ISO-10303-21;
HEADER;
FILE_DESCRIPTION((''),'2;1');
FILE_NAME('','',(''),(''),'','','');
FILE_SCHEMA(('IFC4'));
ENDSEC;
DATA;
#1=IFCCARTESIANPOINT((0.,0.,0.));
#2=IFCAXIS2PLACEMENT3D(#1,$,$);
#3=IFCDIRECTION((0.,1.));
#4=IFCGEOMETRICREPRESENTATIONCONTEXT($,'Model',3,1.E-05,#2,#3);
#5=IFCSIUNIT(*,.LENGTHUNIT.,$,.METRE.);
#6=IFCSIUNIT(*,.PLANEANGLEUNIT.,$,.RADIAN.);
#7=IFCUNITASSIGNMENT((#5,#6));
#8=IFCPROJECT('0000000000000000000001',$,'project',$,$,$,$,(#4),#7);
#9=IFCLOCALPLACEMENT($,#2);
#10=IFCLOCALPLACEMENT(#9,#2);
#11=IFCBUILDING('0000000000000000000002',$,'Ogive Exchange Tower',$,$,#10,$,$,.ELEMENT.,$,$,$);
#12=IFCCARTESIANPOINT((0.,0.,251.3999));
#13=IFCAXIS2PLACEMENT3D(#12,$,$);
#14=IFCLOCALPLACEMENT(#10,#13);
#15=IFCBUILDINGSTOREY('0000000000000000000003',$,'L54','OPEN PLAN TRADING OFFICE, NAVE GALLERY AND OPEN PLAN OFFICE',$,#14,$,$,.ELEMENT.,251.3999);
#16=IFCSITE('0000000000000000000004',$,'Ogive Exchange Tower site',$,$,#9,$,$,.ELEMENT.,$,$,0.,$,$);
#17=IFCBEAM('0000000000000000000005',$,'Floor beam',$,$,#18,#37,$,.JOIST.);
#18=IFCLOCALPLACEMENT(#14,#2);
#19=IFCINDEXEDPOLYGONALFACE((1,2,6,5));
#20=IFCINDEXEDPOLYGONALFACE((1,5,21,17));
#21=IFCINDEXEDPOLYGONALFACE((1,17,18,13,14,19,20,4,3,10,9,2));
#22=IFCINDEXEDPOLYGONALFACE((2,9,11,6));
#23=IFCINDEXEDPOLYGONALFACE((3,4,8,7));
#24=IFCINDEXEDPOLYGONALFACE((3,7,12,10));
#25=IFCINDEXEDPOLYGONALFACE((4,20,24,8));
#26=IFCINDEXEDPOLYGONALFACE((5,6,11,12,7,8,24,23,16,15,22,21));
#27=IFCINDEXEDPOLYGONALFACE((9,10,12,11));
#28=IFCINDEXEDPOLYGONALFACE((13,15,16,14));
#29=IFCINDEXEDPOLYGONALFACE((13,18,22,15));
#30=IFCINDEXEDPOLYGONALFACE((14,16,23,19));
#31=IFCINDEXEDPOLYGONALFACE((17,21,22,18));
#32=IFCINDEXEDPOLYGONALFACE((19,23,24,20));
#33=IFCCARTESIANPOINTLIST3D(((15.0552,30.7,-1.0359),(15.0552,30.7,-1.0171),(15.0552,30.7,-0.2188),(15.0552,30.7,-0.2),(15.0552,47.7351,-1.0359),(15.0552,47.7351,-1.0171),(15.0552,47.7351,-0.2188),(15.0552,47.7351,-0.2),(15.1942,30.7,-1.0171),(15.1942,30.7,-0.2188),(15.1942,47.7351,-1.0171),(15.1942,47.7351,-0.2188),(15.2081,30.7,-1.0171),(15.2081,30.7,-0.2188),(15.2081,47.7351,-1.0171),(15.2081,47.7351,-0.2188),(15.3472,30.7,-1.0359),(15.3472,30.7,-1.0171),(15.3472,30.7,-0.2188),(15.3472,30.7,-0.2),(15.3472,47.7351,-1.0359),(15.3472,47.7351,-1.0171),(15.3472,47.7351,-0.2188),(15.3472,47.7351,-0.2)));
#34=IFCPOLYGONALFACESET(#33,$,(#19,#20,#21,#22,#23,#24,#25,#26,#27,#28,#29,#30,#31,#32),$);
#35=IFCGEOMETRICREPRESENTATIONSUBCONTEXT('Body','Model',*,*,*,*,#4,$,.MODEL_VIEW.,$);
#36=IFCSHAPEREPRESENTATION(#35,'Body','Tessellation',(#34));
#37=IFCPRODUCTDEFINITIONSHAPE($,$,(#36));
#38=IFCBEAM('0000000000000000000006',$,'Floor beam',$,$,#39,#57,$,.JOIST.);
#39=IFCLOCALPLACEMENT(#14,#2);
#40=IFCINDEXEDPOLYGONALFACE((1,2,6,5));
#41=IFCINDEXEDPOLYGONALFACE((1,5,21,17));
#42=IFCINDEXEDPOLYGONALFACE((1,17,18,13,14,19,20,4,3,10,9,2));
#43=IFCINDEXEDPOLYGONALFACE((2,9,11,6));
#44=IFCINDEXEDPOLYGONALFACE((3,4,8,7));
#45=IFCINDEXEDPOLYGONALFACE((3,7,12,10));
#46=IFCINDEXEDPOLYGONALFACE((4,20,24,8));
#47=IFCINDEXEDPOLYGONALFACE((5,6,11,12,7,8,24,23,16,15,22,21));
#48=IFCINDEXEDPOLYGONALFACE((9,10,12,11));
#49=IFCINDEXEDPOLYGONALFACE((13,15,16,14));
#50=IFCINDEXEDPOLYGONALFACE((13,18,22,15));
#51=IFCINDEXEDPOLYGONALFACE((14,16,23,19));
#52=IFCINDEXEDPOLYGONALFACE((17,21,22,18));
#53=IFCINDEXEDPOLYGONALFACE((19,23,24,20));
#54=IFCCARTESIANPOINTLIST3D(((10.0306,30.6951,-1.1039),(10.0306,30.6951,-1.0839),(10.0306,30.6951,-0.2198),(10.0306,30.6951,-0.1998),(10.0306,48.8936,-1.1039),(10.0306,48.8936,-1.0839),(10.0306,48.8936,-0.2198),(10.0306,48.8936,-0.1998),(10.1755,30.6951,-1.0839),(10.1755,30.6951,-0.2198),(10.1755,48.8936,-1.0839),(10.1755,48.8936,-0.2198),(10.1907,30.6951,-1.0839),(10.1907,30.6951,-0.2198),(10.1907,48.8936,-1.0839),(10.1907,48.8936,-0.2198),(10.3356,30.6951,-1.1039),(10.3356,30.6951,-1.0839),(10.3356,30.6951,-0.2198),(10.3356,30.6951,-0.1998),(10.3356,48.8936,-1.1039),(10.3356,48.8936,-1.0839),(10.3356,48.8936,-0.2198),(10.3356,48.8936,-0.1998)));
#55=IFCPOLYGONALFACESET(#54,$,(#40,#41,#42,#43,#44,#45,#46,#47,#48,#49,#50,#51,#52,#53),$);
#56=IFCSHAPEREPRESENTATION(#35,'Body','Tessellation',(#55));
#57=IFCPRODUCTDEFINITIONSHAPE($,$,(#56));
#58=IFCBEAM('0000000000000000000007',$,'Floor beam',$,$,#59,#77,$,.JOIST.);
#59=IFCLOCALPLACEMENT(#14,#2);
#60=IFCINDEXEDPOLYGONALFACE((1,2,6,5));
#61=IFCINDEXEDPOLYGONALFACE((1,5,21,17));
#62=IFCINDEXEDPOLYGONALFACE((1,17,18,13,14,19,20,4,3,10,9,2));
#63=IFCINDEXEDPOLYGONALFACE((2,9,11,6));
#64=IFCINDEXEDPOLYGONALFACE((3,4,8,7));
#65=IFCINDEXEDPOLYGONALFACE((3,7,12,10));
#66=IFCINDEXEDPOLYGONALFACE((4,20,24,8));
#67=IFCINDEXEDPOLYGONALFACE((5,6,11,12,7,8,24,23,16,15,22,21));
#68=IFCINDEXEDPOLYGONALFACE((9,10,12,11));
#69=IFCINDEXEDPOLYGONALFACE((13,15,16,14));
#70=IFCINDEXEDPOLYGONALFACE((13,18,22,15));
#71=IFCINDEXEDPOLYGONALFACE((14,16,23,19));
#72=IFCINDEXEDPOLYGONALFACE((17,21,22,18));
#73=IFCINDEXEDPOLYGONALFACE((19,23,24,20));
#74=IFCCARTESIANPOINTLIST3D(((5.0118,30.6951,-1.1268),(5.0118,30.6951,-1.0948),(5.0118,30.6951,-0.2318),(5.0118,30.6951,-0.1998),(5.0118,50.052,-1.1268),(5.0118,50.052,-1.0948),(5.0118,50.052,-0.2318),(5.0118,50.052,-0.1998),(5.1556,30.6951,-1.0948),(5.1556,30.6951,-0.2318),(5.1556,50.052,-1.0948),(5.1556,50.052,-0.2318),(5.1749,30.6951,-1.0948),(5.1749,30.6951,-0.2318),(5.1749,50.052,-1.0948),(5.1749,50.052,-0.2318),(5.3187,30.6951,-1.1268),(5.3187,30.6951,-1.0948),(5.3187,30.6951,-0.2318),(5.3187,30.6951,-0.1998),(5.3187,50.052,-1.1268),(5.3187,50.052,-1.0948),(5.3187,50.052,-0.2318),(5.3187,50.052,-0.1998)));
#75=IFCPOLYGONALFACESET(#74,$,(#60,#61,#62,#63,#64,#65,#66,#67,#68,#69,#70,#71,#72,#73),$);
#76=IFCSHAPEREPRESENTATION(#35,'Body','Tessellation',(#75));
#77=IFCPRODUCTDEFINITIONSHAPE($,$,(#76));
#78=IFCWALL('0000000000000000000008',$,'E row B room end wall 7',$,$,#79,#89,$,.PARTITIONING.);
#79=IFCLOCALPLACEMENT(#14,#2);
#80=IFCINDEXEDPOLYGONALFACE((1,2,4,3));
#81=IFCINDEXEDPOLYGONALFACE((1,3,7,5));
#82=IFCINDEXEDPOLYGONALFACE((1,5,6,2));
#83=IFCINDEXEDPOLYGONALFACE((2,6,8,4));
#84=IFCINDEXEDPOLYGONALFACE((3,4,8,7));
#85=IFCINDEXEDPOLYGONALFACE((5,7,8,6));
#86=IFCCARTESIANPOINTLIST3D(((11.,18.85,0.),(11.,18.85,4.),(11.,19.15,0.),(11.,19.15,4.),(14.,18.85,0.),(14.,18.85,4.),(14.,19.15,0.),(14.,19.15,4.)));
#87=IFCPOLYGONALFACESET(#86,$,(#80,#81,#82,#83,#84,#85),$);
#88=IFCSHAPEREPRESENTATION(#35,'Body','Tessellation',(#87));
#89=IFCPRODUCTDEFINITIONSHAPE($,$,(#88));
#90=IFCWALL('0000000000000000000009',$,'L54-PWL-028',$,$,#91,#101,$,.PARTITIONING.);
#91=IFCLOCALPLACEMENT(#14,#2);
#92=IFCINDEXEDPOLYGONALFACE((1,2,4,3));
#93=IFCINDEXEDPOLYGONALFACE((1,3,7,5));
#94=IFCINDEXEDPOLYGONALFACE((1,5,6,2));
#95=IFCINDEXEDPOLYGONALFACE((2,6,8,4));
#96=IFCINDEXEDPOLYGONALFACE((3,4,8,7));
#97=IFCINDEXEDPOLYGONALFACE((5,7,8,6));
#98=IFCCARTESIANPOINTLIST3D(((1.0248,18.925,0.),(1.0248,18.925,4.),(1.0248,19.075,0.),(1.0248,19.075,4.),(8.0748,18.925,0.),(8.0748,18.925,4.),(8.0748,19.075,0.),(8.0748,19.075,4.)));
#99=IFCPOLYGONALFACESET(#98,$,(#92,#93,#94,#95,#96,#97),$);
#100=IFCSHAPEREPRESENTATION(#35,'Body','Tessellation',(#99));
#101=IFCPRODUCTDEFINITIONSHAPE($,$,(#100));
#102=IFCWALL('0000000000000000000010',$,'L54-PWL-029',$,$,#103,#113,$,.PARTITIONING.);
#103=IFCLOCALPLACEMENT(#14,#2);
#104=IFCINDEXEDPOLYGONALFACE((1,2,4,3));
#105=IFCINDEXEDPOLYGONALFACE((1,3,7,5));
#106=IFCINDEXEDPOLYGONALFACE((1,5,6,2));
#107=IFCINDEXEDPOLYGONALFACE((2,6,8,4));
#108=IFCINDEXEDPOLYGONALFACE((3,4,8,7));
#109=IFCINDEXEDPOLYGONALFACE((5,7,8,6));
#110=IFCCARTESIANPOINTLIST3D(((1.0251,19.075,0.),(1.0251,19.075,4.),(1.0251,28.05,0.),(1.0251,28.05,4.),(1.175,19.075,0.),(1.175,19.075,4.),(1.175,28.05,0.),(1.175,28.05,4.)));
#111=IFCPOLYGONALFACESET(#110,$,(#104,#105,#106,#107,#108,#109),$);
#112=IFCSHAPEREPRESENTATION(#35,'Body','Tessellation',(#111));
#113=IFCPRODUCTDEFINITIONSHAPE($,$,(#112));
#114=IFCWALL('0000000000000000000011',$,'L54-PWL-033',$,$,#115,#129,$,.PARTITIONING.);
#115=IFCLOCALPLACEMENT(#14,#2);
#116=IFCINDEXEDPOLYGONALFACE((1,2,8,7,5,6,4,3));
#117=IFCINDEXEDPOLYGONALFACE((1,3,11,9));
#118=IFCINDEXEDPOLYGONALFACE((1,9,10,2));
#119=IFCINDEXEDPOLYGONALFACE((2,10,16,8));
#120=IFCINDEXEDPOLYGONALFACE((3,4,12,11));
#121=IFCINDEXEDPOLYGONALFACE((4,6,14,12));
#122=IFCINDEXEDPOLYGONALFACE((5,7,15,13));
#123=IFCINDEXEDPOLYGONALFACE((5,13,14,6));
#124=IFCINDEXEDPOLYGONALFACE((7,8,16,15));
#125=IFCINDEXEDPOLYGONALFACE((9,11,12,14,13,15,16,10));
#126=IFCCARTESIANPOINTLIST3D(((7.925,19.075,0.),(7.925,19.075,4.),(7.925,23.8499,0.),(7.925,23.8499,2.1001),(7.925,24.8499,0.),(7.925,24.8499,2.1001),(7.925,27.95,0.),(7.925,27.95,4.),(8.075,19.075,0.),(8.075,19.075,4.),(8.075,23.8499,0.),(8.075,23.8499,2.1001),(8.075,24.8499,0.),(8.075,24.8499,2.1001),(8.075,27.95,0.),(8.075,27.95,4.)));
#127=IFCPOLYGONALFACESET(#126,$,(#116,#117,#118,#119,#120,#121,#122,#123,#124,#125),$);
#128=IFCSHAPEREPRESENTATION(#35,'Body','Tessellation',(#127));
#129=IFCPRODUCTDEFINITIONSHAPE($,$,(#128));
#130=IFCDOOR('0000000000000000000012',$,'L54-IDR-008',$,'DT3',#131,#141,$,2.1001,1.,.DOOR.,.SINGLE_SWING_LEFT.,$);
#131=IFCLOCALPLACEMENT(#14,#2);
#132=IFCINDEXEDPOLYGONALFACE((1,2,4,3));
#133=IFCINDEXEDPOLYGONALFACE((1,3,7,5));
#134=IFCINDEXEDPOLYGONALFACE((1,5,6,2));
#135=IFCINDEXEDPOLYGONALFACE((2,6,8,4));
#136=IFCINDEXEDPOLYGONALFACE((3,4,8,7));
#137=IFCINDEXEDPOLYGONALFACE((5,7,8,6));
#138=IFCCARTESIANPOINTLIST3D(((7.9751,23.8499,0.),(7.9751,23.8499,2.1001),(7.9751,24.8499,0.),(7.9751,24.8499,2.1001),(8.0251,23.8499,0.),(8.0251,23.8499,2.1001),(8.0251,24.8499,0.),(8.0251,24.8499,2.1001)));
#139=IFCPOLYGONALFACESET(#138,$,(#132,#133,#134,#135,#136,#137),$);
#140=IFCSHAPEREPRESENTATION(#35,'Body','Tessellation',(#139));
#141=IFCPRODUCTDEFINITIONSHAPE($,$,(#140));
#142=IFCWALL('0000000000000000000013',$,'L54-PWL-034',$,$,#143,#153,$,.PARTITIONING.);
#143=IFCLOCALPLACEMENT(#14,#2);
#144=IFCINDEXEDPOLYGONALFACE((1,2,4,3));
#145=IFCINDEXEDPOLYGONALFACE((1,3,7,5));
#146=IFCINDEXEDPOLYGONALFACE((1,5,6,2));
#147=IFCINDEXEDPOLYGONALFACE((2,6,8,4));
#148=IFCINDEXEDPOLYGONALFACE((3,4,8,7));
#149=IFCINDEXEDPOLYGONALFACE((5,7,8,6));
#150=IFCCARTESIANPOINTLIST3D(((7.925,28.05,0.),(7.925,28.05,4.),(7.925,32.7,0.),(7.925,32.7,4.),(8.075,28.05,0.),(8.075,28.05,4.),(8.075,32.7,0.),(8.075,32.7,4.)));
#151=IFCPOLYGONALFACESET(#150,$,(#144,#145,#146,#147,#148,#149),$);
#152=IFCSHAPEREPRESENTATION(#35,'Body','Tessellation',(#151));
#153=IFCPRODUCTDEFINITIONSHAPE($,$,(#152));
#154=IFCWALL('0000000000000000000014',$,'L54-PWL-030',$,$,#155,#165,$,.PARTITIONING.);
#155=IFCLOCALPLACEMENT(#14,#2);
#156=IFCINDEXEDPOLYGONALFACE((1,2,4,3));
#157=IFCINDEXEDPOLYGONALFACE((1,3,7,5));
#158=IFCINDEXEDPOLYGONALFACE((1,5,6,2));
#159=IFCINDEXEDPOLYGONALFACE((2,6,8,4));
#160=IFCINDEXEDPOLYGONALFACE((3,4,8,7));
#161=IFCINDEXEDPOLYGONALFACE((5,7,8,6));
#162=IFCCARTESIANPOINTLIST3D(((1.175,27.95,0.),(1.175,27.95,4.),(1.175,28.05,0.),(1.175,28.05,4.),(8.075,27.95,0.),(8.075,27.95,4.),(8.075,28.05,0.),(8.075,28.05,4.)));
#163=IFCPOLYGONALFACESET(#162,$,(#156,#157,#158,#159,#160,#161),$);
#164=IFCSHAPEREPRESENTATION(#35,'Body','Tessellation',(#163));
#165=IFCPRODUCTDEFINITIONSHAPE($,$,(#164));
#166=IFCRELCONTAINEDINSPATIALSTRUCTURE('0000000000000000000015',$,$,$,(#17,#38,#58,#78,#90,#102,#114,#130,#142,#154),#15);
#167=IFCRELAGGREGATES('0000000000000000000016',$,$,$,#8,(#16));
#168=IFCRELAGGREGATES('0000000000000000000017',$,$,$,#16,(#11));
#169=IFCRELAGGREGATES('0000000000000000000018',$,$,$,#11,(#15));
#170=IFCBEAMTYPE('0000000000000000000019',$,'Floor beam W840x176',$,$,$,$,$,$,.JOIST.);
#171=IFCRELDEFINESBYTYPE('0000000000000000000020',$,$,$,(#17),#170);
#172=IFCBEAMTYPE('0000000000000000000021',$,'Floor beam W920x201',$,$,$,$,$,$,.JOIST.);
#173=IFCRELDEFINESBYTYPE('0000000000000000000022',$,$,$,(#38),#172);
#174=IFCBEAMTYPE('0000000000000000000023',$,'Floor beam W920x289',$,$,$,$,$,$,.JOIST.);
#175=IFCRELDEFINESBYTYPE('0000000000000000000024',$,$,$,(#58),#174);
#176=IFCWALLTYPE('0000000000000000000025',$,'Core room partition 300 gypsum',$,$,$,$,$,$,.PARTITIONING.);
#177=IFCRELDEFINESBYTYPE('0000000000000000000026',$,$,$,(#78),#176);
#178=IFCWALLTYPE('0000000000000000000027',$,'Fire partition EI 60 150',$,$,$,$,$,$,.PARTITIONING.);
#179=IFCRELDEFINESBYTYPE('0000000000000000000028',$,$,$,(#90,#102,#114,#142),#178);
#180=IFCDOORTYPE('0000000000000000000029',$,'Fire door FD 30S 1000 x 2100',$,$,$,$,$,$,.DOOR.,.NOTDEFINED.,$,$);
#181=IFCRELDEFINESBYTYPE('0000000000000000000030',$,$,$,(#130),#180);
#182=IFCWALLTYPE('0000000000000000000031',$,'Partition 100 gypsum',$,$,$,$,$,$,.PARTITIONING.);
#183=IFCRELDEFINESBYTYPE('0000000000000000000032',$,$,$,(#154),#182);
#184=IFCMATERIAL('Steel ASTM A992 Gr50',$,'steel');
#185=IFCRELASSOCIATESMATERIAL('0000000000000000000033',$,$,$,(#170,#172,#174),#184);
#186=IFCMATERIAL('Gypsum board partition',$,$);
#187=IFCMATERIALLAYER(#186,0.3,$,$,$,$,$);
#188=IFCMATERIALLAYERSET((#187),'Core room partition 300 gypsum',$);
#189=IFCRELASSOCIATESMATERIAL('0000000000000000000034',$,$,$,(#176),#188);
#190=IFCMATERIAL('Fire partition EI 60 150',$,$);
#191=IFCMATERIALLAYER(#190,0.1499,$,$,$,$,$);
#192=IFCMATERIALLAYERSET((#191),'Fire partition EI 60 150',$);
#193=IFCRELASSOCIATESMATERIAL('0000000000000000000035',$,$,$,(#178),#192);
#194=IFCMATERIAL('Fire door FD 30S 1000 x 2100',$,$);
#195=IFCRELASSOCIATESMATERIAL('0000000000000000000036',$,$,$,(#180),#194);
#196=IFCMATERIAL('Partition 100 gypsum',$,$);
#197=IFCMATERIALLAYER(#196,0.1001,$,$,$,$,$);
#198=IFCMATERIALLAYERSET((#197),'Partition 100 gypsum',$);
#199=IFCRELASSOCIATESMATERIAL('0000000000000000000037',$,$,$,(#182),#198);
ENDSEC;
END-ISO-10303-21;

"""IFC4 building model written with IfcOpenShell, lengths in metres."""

from ifc_helpers import new_model, si_unit, direction, frame, frame_2d, origin, origin_2d, place, context, subcontext, project, spatial, rectangle, i_section, extrude, material, layer, layer_set, material_profile, profile_set, type_object, element, fill, save


model = new_model("IFC4")

# Units and contexts
model_context = context("Model", 3, precision=1e-05, world=origin(), true_north=direction((0.0, 1.0)))
body_context = subcontext(model_context, "Body", "Model", "MODEL_VIEW")
ifc_project = project(units=[si_unit("LENGTHUNIT", "METRE"), si_unit("PLANEANGLEUNIT", "RADIAN")], contexts=[model_context])

# Site, building, storey
site_placement = place(None, origin())
site = spatial("IfcSite", under=ifc_project, at=site_placement, Name="Ogive Exchange Tower site", CompositionType="ELEMENT", RefElevation=0.0)
building_placement = place(site_placement, origin())
building = spatial("IfcBuilding", under=site, at=building_placement, Name="Ogive Exchange Tower", CompositionType="ELEMENT")
storey_placement = place(building_placement, frame((0.0, 0.0, 251.3999)))
storey = spatial("IfcBuildingStorey", under=building, at=storey_placement, Name="L54", Description="OPEN PLAN TRADING OFFICE, NAVE GALLERY AND OPEN PLAN OFFICE", CompositionType="ELEMENT", Elevation=251.3999)

# Beams
ifc_material_1 = material(Name="Steel ASTM A992 Gr50", Category="steel")
ifc_material_profile_1 = material_profile(ifc_material_1, i_section(OverallWidth=0.292, OverallDepth=0.8359, WebThickness=0.0139, FlangeThickness=0.0188, at=origin_2d()), Name="W840x176")
ifc_profile_set_1 = profile_set([ifc_material_profile_1], Name="Steel ASTM A992 Gr50")
beam_type_1 = type_object("IfcBeamType", Name="Floor beam W840x176", PredefinedType="JOIST", material=ifc_profile_set_1)
beam_1_placement = place(storey_placement, frame((15.2012, 30.7, -0.6179), z_axis=(0.0, 1.0, 0.0), x_axis=(-1.0, 0.0, 0.0)))
element("IfcBeam", 1, at=beam_1_placement, inside=storey, type_object=beam_type_1, Name="Floor beam", PredefinedType="JOIST", context=body_context, shape_type="SweptSolid", body=[
    extrude(i_section(OverallWidth=0.292, OverallDepth=0.8359, WebThickness=0.0139, FlangeThickness=0.0188, at=origin_2d()), origin(), (0.0, 0.0, 1.0), 17.0352),
])
ifc_material_profile_2 = material_profile(ifc_material_1, i_section(OverallWidth=0.3049, OverallDepth=0.9041, WebThickness=0.0151, FlangeThickness=0.02, at=origin_2d()), Name="W920x201")
ifc_profile_set_2 = profile_set([ifc_material_profile_2], Name="Steel ASTM A992 Gr50")
beam_type_2 = type_object("IfcBeamType", Name="Floor beam W920x201", PredefinedType="JOIST", material=ifc_profile_set_2)
beam_2_placement = place(storey_placement, frame((10.1831, 30.6951, -0.6519), z_axis=(0.0, 1.0, 0.0), x_axis=(-1.0, 0.0, 0.0)))
element("IfcBeam", 2, at=beam_2_placement, inside=storey, type_object=beam_type_2, Name="Floor beam", PredefinedType="JOIST", context=body_context, shape_type="SweptSolid", body=[
    extrude(i_section(OverallWidth=0.3049, OverallDepth=0.9041, WebThickness=0.0151, FlangeThickness=0.02, at=origin_2d()), origin(), (0.0, 0.0, 1.0), 18.1985),
])
ifc_material_profile_3 = material_profile(ifc_material_1, i_section(OverallWidth=0.3069, OverallDepth=0.927, WebThickness=0.0193, FlangeThickness=0.032, at=origin_2d()), Name="W920x289")
ifc_profile_set_3 = profile_set([ifc_material_profile_3], Name="Steel ASTM A992 Gr50")
beam_type_3 = type_object("IfcBeamType", Name="Floor beam W920x289", PredefinedType="JOIST", material=ifc_profile_set_3)
beam_3_placement = place(storey_placement, frame((5.1653, 30.6951, -0.6633), z_axis=(0.0, 1.0, 0.0), x_axis=(-1.0, 0.0, 0.0)))
element("IfcBeam", 3, at=beam_3_placement, inside=storey, type_object=beam_type_3, Name="Floor beam", PredefinedType="JOIST", context=body_context, shape_type="SweptSolid", body=[
    extrude(i_section(OverallWidth=0.3069, OverallDepth=0.927, WebThickness=0.0193, FlangeThickness=0.032, at=origin_2d()), origin(), (0.0, 0.0, 1.0), 19.3569),
])

# Walls
ifc_material_2 = material(Name="Gypsum board partition")
ifc_layer_1 = layer(ifc_material_2, 0.3)
ifc_layer_set_1 = layer_set([ifc_layer_1], Name="Core room partition 300 gypsum")
wall_type_1 = type_object("IfcWallType", Name="Core room partition 300 gypsum", PredefinedType="PARTITIONING", material=ifc_layer_set_1)
wall_1_placement = place(storey_placement, frame((11.0, 19.0, 0.0), z_axis=(0.0, 0.0, 1.0), x_axis=(1.0, 0.0, 0.0)))
element("IfcWall", 4, at=wall_1_placement, inside=storey, type_object=wall_type_1, Name="E row B room end wall 7", PredefinedType="PARTITIONING", context=body_context, shape_type="SweptSolid", body=[
    extrude(rectangle(XDim=3.0, YDim=0.3, at=frame_2d((1.5, 0.0))), origin(), (0.0, 0.0, 1.0), 4.0),
])
ifc_material_3 = material(Name="Fire partition EI 60 150")
ifc_layer_2 = layer(ifc_material_3, 0.1499)
ifc_layer_set_2 = layer_set([ifc_layer_2], Name="Fire partition EI 60 150")
wall_type_2 = type_object("IfcWallType", Name="Fire partition EI 60 150", PredefinedType="PARTITIONING", material=ifc_layer_set_2)
wall_2_placement = place(storey_placement, frame((1.0249, 19.0, 0.0), z_axis=(0.0, 0.0, 1.0), x_axis=(1.0, 0.0, 0.0)))
element("IfcWall", 5, at=wall_2_placement, inside=storey, type_object=wall_type_2, Name="L54-PWL-028", PredefinedType="PARTITIONING", context=body_context, shape_type="SweptSolid", body=[
    extrude(rectangle(XDim=7.05, YDim=0.1499, at=frame_2d((3.5249, 0.0))), origin(), (0.0, 0.0, 1.0), 4.0),
])
wall_3_placement = place(storey_placement, frame((1.1001, 28.05, 0.0), z_axis=(0.0, 0.0, 1.0), x_axis=(0.0, -1.0, 0.0)))
element("IfcWall", 6, at=wall_3_placement, inside=storey, type_object=wall_type_2, Name="L54-PWL-029", PredefinedType="PARTITIONING", context=body_context, shape_type="SweptSolid", body=[
    extrude(rectangle(XDim=8.9751, YDim=0.1499, at=frame_2d((4.4875, 0.0))), origin(), (0.0, 0.0, 1.0), 4.0),
])

# Wall, opening, door
wall_4_placement = place(storey_placement, frame((8.0, 19.075, 0.0), z_axis=(0.0, 0.0, 1.0), x_axis=(0.0, 1.0, 0.0)))
wall_4 = element("IfcWall", 7, at=wall_4_placement, inside=storey, type_object=wall_type_2, Name="L54-PWL-033", PredefinedType="PARTITIONING", context=body_context, shape_type="SweptSolid", body=[
    extrude(rectangle(XDim=8.875, YDim=0.1499, at=frame_2d((4.4375, 0.0))), origin(), (0.0, 0.0, 1.0), 4.0),
])
opening_1_placement = place(wall_4_placement, frame((4.7749, 0.0, 0.0)))
opening_1 = element("IfcOpeningElement", 8, at=opening_1_placement, cuts=wall_4, PredefinedType="OPENING", context=body_context, shape_type="SweptSolid", body=[
    extrude(rectangle(XDim=1.0, YDim=2.1001, at=frame_2d((0.5, 1.05))), frame((0.0, 0.085, 0.0), z_axis=(0.0, -1.0, 0.0), x_axis=(1.0, 0.0, 0.0)), (0.0, 0.0, 1.0), 0.1699),
])
ifc_material_4 = material(Name="Fire door FD 30S 1000 x 2100")
door_type_1 = type_object("IfcDoorType", Name="Fire door FD 30S 1000 x 2100", OperationType="NOTDEFINED", PredefinedType="DOOR", material=ifc_material_4)
door_1_placement = place(opening_1_placement, origin())
door_1 = element("IfcDoor", 9, at=door_1_placement, inside=storey, type_object=door_type_1, Name="L54-IDR-008", ObjectType="DT3", OperationType="SINGLE_SWING_LEFT", OverallHeight=2.1001, OverallWidth=1.0, PredefinedType="DOOR", context=body_context, shape_type="SweptSolid", body=[
    extrude(rectangle(XDim=1.0, YDim=2.1001, at=frame_2d((0.5, 1.05))), frame((0.0, 0.0249, 0.0), z_axis=(0.0, -1.0, 0.0), x_axis=(1.0, 0.0, 0.0)), (0.0, 0.0, 1.0), 0.05),
])
fill(opening_1, door_1)

# Walls
wall_5_placement = place(storey_placement, frame((8.0, 28.05, 0.0), z_axis=(0.0, 0.0, 1.0), x_axis=(0.0, 1.0, 0.0)))
element("IfcWall", 10, at=wall_5_placement, inside=storey, type_object=wall_type_2, Name="L54-PWL-034", PredefinedType="PARTITIONING", context=body_context, shape_type="SweptSolid", body=[
    extrude(rectangle(XDim=4.6499, YDim=0.1499, at=frame_2d((2.325, 0.0))), origin(), (0.0, 0.0, 1.0), 4.0),
])
ifc_material_5 = material(Name="Partition 100 gypsum")
ifc_layer_3 = layer(ifc_material_5, 0.1001)
ifc_layer_set_3 = layer_set([ifc_layer_3], Name="Partition 100 gypsum")
wall_type_3 = type_object("IfcWallType", Name="Partition 100 gypsum", PredefinedType="PARTITIONING", material=ifc_layer_set_3)
wall_6_placement = place(storey_placement, frame((1.175, 28.0, 0.0), z_axis=(0.0, 0.0, 1.0), x_axis=(1.0, 0.0, 0.0)))
element("IfcWall", 11, at=wall_6_placement, inside=storey, type_object=wall_type_3, Name="L54-PWL-030", PredefinedType="PARTITIONING", context=body_context, shape_type="SweptSolid", body=[
    extrude(rectangle(XDim=6.8999, YDim=0.1001, at=frame_2d((3.45, 0.0))), origin(), (0.0, 0.0, 1.0), 4.0),
])

save(model, "model.ifc")
